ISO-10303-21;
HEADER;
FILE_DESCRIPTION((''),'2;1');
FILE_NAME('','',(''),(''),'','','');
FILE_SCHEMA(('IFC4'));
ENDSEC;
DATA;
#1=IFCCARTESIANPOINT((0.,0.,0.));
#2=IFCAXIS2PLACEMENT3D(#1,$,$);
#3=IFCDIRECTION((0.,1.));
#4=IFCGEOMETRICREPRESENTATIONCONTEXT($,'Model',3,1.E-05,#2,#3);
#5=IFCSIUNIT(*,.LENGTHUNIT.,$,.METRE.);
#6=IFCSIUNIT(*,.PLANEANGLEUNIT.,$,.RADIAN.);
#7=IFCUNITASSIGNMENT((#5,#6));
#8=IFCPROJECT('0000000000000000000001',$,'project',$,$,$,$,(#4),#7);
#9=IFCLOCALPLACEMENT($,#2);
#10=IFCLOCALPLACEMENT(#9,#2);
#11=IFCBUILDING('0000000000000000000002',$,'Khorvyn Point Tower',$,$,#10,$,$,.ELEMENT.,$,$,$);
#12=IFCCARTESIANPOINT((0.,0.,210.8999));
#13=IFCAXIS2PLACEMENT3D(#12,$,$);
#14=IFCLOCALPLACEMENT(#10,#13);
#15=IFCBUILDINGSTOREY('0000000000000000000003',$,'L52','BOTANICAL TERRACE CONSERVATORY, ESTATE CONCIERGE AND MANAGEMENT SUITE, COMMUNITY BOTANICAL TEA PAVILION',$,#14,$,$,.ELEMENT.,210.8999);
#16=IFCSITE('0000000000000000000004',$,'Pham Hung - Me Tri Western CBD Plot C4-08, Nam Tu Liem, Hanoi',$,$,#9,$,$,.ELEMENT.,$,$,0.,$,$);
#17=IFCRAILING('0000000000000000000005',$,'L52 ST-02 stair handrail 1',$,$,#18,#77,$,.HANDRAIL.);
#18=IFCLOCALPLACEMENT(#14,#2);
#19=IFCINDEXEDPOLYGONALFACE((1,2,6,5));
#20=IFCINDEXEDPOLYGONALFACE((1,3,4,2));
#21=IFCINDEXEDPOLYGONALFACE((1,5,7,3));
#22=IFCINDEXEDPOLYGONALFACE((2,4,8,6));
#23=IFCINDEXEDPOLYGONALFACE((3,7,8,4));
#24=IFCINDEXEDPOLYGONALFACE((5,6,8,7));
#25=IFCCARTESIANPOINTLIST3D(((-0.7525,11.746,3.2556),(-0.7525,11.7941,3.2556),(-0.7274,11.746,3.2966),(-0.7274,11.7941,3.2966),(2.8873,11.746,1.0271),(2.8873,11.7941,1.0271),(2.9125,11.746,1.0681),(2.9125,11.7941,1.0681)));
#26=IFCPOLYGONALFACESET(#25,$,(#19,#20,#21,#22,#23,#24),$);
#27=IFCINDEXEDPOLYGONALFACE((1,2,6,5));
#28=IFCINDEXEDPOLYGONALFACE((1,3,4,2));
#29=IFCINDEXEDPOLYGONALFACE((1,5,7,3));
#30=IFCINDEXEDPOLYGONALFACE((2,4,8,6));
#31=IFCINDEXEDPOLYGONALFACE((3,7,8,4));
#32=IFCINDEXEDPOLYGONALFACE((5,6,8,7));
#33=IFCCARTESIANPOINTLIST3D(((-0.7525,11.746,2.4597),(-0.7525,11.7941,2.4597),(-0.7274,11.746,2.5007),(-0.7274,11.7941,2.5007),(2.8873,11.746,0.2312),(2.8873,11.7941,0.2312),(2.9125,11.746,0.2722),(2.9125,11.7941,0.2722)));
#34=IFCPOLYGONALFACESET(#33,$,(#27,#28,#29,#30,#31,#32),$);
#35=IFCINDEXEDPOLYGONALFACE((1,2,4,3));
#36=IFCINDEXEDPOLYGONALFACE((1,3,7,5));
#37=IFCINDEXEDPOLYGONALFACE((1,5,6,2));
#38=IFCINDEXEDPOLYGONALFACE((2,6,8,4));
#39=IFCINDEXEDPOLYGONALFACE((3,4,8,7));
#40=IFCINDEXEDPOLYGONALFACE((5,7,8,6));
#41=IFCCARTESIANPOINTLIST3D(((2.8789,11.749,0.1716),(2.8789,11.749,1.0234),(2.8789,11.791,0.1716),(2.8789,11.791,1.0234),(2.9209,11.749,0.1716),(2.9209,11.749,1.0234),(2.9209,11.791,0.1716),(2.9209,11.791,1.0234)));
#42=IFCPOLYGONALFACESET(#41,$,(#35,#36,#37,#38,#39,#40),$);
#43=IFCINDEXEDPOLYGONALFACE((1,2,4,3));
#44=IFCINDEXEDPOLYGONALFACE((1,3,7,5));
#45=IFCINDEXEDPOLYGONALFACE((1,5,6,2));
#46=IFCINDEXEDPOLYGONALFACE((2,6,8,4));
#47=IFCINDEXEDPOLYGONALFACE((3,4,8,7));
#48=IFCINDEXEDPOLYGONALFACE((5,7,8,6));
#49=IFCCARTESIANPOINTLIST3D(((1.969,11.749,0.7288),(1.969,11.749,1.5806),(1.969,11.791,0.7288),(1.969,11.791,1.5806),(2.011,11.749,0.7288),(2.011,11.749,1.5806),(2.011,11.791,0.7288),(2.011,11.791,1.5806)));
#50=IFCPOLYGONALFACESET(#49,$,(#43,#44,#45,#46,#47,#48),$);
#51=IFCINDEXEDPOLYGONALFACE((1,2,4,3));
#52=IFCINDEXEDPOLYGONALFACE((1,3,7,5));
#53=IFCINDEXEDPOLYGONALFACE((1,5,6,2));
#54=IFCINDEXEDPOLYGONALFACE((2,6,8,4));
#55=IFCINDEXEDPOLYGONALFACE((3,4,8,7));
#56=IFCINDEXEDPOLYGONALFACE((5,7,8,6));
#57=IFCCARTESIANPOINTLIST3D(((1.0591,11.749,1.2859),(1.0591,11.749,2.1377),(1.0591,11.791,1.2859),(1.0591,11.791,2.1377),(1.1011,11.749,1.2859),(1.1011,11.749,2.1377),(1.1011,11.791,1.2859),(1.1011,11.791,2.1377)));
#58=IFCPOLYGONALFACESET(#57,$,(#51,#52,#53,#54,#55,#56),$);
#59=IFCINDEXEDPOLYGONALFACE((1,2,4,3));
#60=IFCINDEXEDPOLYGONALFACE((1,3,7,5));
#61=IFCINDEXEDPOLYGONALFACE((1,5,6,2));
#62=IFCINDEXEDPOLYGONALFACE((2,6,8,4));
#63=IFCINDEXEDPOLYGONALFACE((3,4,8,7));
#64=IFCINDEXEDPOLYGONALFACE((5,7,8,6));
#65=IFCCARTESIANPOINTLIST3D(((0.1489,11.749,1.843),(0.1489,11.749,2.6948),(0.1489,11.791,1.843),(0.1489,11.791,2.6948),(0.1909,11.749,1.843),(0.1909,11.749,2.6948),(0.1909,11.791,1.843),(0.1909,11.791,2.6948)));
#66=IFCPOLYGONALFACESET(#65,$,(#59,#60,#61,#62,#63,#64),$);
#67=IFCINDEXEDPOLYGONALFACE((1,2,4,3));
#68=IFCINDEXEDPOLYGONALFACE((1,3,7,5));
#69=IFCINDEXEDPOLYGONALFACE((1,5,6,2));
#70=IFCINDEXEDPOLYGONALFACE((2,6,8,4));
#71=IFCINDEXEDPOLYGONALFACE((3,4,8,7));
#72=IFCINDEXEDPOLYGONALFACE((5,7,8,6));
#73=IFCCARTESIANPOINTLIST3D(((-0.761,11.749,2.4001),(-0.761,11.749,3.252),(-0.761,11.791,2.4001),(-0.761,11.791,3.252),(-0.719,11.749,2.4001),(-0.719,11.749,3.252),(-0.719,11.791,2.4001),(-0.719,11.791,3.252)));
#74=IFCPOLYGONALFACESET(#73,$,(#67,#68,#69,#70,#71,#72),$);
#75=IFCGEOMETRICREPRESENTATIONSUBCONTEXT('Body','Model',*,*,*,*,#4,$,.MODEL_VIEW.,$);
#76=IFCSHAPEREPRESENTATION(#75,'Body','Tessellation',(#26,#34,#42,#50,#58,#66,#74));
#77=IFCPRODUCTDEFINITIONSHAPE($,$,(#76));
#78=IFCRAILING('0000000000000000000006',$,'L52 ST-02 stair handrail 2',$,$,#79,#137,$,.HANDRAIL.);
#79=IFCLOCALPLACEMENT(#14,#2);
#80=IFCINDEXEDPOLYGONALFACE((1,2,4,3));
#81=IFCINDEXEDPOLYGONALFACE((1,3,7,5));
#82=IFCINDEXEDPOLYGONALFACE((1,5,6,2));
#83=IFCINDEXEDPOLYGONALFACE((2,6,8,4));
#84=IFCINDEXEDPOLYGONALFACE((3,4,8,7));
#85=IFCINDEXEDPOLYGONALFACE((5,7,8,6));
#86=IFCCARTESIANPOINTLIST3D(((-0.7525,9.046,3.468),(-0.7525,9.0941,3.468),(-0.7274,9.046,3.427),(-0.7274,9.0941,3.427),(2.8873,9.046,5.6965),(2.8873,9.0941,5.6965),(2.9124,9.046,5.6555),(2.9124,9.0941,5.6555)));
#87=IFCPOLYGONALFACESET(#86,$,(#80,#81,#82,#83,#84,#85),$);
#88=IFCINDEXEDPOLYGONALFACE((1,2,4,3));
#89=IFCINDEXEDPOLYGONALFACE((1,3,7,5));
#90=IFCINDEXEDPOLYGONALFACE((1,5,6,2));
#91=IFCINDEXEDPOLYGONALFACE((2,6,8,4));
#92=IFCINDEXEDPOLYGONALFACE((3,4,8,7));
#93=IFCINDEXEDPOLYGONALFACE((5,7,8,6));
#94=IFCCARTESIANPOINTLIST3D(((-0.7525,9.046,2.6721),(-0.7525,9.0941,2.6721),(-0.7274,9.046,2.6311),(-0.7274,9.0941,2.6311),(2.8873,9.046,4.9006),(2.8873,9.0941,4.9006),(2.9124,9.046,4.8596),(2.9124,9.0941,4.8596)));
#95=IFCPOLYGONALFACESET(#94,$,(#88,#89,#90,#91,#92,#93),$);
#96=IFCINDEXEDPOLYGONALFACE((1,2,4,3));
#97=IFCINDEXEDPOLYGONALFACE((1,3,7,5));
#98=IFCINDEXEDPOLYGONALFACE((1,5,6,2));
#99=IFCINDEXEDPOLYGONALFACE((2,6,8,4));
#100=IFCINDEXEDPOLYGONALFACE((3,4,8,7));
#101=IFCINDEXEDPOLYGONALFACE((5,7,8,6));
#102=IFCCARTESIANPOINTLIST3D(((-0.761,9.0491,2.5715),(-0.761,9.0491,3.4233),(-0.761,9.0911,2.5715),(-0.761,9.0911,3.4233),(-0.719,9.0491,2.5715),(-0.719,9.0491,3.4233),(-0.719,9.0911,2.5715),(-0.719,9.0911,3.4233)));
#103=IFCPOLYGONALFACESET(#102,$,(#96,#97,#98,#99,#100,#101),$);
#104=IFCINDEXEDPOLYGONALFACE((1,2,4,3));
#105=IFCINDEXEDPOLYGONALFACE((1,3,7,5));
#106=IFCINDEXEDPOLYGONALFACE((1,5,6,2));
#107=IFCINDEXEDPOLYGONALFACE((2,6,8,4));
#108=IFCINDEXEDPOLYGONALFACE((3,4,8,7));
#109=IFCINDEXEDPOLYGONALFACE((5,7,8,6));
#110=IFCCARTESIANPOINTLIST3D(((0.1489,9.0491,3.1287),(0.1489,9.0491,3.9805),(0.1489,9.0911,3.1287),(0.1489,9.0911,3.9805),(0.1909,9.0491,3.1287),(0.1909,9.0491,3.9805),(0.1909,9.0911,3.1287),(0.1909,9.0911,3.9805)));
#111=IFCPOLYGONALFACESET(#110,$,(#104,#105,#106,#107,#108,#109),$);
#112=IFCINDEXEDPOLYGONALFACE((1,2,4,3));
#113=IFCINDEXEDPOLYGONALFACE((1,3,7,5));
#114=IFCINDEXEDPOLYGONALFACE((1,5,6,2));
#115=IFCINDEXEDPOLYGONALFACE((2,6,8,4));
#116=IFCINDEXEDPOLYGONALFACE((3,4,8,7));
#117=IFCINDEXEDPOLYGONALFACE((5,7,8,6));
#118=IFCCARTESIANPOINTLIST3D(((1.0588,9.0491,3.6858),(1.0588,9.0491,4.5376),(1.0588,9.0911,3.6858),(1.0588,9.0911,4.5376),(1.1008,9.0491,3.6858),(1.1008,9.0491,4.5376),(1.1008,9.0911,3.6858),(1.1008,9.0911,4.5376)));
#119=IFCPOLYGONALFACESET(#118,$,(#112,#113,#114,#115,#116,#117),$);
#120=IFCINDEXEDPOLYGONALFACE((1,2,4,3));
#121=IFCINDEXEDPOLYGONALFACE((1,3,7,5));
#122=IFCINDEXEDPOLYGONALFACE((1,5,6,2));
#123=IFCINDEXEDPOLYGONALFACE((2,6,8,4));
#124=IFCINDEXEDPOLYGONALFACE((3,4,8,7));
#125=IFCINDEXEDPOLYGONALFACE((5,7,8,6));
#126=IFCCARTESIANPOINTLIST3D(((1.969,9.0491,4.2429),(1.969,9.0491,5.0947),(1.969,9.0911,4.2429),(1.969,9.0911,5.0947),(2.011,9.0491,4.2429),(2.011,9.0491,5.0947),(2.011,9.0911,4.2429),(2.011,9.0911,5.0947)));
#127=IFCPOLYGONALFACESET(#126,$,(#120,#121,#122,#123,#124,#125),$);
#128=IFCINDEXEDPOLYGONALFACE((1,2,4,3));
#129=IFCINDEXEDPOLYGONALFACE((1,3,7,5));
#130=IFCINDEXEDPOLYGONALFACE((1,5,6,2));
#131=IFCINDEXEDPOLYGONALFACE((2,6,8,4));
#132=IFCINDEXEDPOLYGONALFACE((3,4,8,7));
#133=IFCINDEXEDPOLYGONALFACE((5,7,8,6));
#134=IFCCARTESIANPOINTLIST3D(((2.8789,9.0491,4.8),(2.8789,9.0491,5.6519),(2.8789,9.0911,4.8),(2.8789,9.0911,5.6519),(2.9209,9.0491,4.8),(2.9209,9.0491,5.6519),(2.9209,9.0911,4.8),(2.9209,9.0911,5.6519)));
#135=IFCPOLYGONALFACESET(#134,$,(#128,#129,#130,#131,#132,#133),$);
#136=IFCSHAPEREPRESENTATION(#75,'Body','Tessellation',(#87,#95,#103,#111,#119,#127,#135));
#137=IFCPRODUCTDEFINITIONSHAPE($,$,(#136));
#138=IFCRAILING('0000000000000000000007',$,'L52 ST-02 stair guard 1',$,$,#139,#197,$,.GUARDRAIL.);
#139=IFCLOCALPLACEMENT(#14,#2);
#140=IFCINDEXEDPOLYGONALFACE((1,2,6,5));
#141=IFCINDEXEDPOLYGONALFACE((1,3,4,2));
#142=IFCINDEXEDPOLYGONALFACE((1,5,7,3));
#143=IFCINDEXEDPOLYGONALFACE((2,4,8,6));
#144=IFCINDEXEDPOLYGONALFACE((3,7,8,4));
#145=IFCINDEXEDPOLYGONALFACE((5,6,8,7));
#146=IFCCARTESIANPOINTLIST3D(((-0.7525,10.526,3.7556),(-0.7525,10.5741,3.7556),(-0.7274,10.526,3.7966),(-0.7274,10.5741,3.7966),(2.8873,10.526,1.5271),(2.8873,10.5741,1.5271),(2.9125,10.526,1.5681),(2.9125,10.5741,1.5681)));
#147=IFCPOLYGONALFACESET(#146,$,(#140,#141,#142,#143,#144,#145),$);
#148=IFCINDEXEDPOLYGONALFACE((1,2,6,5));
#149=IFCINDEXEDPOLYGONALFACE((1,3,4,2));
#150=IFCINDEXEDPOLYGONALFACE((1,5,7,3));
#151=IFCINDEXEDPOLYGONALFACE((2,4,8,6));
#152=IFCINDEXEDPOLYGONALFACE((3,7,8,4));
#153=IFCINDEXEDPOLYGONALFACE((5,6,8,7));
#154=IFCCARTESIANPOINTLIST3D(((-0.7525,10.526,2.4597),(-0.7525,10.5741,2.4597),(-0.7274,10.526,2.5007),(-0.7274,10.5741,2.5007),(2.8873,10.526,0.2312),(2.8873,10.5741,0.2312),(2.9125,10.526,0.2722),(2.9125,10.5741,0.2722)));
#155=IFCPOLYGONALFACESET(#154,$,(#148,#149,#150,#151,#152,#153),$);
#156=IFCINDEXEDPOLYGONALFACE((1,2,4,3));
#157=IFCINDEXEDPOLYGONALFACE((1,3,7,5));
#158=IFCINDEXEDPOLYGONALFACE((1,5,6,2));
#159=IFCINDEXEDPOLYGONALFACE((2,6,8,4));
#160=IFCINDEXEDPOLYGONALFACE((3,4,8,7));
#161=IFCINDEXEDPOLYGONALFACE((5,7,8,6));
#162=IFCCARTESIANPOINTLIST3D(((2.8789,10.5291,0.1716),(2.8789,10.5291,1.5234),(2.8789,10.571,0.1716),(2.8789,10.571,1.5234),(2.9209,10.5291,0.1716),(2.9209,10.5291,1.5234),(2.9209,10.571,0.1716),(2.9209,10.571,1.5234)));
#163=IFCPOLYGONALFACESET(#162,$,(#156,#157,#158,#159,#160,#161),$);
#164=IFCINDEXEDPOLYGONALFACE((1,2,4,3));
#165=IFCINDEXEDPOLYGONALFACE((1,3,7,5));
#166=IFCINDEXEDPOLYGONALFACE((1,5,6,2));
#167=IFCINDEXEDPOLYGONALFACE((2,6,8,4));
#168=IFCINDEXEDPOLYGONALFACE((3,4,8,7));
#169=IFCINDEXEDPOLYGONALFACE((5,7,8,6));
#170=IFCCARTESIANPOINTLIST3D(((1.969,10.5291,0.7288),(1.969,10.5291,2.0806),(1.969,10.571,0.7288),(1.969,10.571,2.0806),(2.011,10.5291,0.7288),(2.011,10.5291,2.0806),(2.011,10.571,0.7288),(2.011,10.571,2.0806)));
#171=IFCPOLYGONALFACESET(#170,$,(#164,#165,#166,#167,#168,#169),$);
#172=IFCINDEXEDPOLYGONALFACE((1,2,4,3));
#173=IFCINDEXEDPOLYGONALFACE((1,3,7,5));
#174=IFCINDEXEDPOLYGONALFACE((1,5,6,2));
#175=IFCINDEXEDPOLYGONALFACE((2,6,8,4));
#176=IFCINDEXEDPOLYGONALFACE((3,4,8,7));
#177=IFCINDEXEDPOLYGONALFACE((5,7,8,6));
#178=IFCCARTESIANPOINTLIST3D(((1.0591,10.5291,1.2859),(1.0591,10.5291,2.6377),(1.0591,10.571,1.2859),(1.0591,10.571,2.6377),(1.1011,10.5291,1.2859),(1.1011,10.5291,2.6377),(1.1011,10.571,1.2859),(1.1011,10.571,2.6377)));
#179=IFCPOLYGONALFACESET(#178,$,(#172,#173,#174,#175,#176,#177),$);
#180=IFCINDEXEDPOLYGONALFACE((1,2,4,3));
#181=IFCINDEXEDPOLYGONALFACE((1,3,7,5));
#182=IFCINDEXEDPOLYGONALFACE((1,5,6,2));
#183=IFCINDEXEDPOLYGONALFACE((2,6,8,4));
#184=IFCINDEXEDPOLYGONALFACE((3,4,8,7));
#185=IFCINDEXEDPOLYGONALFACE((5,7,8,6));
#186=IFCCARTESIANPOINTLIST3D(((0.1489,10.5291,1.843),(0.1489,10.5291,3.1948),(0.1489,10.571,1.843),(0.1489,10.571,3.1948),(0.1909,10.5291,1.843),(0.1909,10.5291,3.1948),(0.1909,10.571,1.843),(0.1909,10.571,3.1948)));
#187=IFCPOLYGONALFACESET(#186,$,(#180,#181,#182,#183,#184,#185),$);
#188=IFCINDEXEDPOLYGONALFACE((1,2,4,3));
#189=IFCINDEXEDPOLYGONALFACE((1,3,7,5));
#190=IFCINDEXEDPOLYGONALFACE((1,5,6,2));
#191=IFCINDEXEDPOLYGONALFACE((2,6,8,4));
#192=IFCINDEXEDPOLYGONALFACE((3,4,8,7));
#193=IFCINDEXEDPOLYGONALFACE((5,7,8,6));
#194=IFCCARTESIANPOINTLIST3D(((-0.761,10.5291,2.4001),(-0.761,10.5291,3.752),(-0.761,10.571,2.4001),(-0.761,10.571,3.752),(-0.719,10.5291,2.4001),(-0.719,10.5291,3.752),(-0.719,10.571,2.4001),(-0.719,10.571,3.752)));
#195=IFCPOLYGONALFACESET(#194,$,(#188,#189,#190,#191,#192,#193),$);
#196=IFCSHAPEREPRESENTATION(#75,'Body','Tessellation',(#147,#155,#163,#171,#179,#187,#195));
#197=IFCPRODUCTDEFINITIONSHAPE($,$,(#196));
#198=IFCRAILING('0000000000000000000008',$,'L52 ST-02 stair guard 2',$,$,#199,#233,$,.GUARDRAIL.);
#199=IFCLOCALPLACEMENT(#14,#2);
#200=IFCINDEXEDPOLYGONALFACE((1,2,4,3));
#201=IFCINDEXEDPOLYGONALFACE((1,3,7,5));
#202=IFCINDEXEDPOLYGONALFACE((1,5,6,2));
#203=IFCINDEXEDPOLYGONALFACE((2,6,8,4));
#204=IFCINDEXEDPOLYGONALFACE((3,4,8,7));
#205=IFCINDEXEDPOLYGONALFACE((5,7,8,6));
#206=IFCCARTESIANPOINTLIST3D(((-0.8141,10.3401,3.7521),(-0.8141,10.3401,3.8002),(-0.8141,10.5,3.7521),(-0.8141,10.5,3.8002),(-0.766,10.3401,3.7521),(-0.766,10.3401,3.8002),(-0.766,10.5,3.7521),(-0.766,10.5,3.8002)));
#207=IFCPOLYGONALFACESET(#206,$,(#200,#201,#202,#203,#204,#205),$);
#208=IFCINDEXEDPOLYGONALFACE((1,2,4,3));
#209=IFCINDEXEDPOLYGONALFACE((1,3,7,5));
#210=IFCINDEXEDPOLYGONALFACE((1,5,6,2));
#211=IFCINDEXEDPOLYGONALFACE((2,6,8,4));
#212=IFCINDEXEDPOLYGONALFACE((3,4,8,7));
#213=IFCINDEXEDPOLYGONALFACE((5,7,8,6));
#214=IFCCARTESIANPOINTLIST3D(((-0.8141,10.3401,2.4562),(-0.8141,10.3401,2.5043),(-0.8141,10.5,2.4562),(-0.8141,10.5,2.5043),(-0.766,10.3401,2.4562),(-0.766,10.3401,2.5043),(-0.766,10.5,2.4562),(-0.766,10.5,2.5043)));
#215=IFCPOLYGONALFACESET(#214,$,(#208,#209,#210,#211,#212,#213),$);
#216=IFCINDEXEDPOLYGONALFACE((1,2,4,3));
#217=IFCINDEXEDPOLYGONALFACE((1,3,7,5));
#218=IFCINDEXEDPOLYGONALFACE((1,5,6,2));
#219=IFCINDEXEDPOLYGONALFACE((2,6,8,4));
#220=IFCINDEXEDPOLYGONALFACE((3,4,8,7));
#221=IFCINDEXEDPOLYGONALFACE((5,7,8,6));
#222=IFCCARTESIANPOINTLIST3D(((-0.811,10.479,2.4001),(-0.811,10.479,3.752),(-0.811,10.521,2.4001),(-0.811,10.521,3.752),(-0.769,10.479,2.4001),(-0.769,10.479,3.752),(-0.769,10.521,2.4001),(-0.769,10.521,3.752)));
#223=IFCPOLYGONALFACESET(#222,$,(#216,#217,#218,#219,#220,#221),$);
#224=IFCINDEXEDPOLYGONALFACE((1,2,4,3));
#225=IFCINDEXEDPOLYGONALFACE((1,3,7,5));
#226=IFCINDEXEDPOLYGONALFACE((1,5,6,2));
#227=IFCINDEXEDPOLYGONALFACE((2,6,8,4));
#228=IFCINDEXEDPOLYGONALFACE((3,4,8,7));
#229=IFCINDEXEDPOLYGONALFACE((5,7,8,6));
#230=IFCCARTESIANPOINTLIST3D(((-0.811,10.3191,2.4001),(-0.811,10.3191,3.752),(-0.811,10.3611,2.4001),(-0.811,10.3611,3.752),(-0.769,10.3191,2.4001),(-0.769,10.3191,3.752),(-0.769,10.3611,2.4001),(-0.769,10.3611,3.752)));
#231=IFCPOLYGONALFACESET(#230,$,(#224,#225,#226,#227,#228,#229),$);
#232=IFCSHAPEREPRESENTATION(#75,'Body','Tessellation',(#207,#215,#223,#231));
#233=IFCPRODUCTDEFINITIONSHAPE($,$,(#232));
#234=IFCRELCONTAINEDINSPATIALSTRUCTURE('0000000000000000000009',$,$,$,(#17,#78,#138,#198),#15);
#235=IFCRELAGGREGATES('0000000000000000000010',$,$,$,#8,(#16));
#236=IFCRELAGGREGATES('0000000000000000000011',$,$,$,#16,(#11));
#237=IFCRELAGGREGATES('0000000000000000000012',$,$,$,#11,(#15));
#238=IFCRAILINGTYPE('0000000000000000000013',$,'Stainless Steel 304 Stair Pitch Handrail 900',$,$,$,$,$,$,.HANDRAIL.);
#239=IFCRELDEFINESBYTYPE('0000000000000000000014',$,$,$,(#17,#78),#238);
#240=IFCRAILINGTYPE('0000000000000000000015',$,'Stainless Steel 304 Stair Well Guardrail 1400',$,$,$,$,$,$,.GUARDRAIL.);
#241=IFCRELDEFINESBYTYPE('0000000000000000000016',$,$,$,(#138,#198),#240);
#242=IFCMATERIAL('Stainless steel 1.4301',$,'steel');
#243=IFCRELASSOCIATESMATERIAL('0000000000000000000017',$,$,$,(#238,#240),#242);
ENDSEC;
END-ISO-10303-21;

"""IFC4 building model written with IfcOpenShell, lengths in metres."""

from ifc_helpers import new_model, si_unit, direction, frame, origin, origin_2d, place, context, subcontext, project, spatial, rectangle, extrude, material, type_object, element, save


model = new_model("IFC4")

# Units and contexts
model_context = context("Model", 3, precision=1e-05, world=origin(), true_north=direction((0.0, 1.0)))
body_context = subcontext(model_context, "Body", "Model", "MODEL_VIEW")
ifc_project = project(units=[si_unit("LENGTHUNIT", "METRE"), si_unit("PLANEANGLEUNIT", "RADIAN")], contexts=[model_context])

# Site, building, storey
site_placement = place(None, origin())
site = spatial("IfcSite", under=ifc_project, at=site_placement, Name="Pham Hung - Me Tri Western CBD Plot C4-08, Nam Tu Liem, Hanoi", CompositionType="ELEMENT", RefElevation=0.0)
building_placement = place(site_placement, origin())
building = spatial("IfcBuilding", under=site, at=building_placement, Name="Khorvyn Point Tower", CompositionType="ELEMENT")
storey_placement = place(building_placement, frame((0.0, 0.0, 210.8999)))
storey = spatial("IfcBuildingStorey", under=building, at=storey_placement, Name="L52", Description="BOTANICAL TERRACE CONSERVATORY, ESTATE CONCIERGE AND MANAGEMENT SUITE, COMMUNITY BOTANICAL TEA PAVILION", CompositionType="ELEMENT", Elevation=210.8999)

# Shared definitions
ifc_material_1 = material(Name="Stainless steel 1.4301", Category="steel")

# Railings
railing_type_1 = type_object("IfcRailingType", Name="Stainless Steel 304 Stair Pitch Handrail 900", PredefinedType="HANDRAIL", material=ifc_material_1)
railing_1_placement = place(storey_placement, frame((2.8999, 11.77, 0.1716)))
element("IfcRailing", 1, at=railing_1_placement, inside=storey, type_object=railing_type_1, Name="L52 ST-02 stair handrail 1", PredefinedType="HANDRAIL", context=body_context, shape_type="SweptSolid", body=[
    extrude(rectangle(XDim=0.0481, YDim=0.0481, at=origin_2d()), frame((0.0, 0.0, 0.876), z_axis=(-0.85285, 0.0, 0.522156), x_axis=(0.0, -1.0, 0.0)), (0.0, 0.0, 1.0), 4.2678),
    extrude(rectangle(XDim=0.0481, YDim=0.0481, at=origin_2d()), frame((0.0, 0.0, 0.0801), z_axis=(-0.85285, 0.0, 0.522156), x_axis=(0.0, -1.0, 0.0)), (0.0, 0.0, 1.0), 4.2678),
    extrude(rectangle(XDim=0.042, YDim=0.042, at=origin_2d()), origin(), (0.0, 0.0, 1.0), 0.8518),
    extrude(rectangle(XDim=0.042, YDim=0.042, at=origin_2d()), frame((-0.9099, 0.0, 0.5571)), (0.0, 0.0, 1.0), 0.8518),
    extrude(rectangle(XDim=0.042, YDim=0.042, at=origin_2d()), frame((-1.8198, 0.0, 1.1143)), (0.0, 0.0, 1.0), 0.8518),
    extrude(rectangle(XDim=0.042, YDim=0.042, at=origin_2d()), frame((-2.73, 0.0, 1.6714)), (0.0, 0.0, 1.0), 0.8518),
    extrude(rectangle(XDim=0.042, YDim=0.042, at=origin_2d()), frame((-3.6399, 0.0, 2.2285)), (0.0, 0.0, 1.0), 0.8518),
])
railing_2_placement = place(storey_placement, frame((-0.74, 9.0701, 2.5715)))
element("IfcRailing", 2, at=railing_2_placement, inside=storey, type_object=railing_type_1, Name="L52 ST-02 stair handrail 2", PredefinedType="HANDRAIL", context=body_context, shape_type="SweptSolid", body=[
    extrude(rectangle(XDim=0.0481, YDim=0.0481, at=origin_2d()), frame((0.0, 0.0, 0.876), z_axis=(0.85285, 0.0, 0.522156), x_axis=(0.0, 1.0, 0.0)), (0.0, 0.0, 1.0), 4.2678),
    extrude(rectangle(XDim=0.0481, YDim=0.0481, at=origin_2d()), frame((0.0, 0.0, 0.0801), z_axis=(0.85285, 0.0, 0.522156), x_axis=(0.0, 1.0, 0.0)), (0.0, 0.0, 1.0), 4.2678),
    extrude(rectangle(XDim=0.042, YDim=0.042, at=origin_2d()), origin(), (0.0, 0.0, 1.0), 0.8518),
    extrude(rectangle(XDim=0.042, YDim=0.042, at=origin_2d()), frame((0.9099, 0.0, 0.5571)), (0.0, 0.0, 1.0), 0.8518),
    extrude(rectangle(XDim=0.042, YDim=0.042, at=origin_2d()), frame((1.8198, 0.0, 1.1143)), (0.0, 0.0, 1.0), 0.8518),
    extrude(rectangle(XDim=0.042, YDim=0.042, at=origin_2d()), frame((2.73, 0.0, 1.6714)), (0.0, 0.0, 1.0), 0.8518),
    extrude(rectangle(XDim=0.042, YDim=0.042, at=origin_2d()), frame((3.6399, 0.0, 2.2285)), (0.0, 0.0, 1.0), 0.8518),
])
railing_type_2 = type_object("IfcRailingType", Name="Stainless Steel 304 Stair Well Guardrail 1400", PredefinedType="GUARDRAIL", material=ifc_material_1)
railing_3_placement = place(storey_placement, frame((2.8999, 10.55, 0.1716)))
element("IfcRailing", 3, at=railing_3_placement, inside=storey, type_object=railing_type_2, Name="L52 ST-02 stair guard 1", PredefinedType="GUARDRAIL", context=body_context, shape_type="SweptSolid", body=[
    extrude(rectangle(XDim=0.0481, YDim=0.0481, at=origin_2d()), frame((0.0, 0.0, 1.376), z_axis=(-0.85285, 0.0, 0.522156), x_axis=(0.0, -1.0, 0.0)), (0.0, 0.0, 1.0), 4.2678),
    extrude(rectangle(XDim=0.0481, YDim=0.0481, at=origin_2d()), frame((0.0, 0.0, 0.0801), z_axis=(-0.85285, 0.0, 0.522156), x_axis=(0.0, -1.0, 0.0)), (0.0, 0.0, 1.0), 4.2678),
    extrude(rectangle(XDim=0.042, YDim=0.042, at=origin_2d()), origin(), (0.0, 0.0, 1.0), 1.3518),
    extrude(rectangle(XDim=0.042, YDim=0.042, at=origin_2d()), frame((-0.9099, 0.0, 0.5571)), (0.0, 0.0, 1.0), 1.3518),
    extrude(rectangle(XDim=0.042, YDim=0.042, at=origin_2d()), frame((-1.8198, 0.0, 1.1143)), (0.0, 0.0, 1.0), 1.3518),
    extrude(rectangle(XDim=0.042, YDim=0.042, at=origin_2d()), frame((-2.73, 0.0, 1.6714)), (0.0, 0.0, 1.0), 1.3518),
    extrude(rectangle(XDim=0.042, YDim=0.042, at=origin_2d()), frame((-3.6399, 0.0, 2.2285)), (0.0, 0.0, 1.0), 1.3518),
])
railing_4_placement = place(storey_placement, frame((-0.79, 10.5, 2.4001)))
element("IfcRailing", 4, at=railing_4_placement, inside=storey, type_object=railing_type_2, Name="L52 ST-02 stair guard 2", PredefinedType="GUARDRAIL", context=body_context, shape_type="SweptSolid", body=[
    extrude(rectangle(XDim=0.0481, YDim=0.0481, at=origin_2d()), frame((0.0, 0.0, 1.376), z_axis=(0.0, -1.0, 0.0), x_axis=(1.0, 0.0, 0.0)), (0.0, 0.0, 1.0), 0.1599),
    extrude(rectangle(XDim=0.0481, YDim=0.0481, at=origin_2d()), frame((0.0, 0.0, 0.0801), z_axis=(0.0, -1.0, 0.0), x_axis=(1.0, 0.0, 0.0)), (0.0, 0.0, 1.0), 0.1599),
    extrude(rectangle(XDim=0.042, YDim=0.042, at=origin_2d()), origin(), (0.0, 0.0, 1.0), 1.3518),
    extrude(rectangle(XDim=0.042, YDim=0.042, at=origin_2d()), frame((0.0, -0.1599, 0.0)), (0.0, 0.0, 1.0), 1.3518),
])

save(model, "model.ifc")
